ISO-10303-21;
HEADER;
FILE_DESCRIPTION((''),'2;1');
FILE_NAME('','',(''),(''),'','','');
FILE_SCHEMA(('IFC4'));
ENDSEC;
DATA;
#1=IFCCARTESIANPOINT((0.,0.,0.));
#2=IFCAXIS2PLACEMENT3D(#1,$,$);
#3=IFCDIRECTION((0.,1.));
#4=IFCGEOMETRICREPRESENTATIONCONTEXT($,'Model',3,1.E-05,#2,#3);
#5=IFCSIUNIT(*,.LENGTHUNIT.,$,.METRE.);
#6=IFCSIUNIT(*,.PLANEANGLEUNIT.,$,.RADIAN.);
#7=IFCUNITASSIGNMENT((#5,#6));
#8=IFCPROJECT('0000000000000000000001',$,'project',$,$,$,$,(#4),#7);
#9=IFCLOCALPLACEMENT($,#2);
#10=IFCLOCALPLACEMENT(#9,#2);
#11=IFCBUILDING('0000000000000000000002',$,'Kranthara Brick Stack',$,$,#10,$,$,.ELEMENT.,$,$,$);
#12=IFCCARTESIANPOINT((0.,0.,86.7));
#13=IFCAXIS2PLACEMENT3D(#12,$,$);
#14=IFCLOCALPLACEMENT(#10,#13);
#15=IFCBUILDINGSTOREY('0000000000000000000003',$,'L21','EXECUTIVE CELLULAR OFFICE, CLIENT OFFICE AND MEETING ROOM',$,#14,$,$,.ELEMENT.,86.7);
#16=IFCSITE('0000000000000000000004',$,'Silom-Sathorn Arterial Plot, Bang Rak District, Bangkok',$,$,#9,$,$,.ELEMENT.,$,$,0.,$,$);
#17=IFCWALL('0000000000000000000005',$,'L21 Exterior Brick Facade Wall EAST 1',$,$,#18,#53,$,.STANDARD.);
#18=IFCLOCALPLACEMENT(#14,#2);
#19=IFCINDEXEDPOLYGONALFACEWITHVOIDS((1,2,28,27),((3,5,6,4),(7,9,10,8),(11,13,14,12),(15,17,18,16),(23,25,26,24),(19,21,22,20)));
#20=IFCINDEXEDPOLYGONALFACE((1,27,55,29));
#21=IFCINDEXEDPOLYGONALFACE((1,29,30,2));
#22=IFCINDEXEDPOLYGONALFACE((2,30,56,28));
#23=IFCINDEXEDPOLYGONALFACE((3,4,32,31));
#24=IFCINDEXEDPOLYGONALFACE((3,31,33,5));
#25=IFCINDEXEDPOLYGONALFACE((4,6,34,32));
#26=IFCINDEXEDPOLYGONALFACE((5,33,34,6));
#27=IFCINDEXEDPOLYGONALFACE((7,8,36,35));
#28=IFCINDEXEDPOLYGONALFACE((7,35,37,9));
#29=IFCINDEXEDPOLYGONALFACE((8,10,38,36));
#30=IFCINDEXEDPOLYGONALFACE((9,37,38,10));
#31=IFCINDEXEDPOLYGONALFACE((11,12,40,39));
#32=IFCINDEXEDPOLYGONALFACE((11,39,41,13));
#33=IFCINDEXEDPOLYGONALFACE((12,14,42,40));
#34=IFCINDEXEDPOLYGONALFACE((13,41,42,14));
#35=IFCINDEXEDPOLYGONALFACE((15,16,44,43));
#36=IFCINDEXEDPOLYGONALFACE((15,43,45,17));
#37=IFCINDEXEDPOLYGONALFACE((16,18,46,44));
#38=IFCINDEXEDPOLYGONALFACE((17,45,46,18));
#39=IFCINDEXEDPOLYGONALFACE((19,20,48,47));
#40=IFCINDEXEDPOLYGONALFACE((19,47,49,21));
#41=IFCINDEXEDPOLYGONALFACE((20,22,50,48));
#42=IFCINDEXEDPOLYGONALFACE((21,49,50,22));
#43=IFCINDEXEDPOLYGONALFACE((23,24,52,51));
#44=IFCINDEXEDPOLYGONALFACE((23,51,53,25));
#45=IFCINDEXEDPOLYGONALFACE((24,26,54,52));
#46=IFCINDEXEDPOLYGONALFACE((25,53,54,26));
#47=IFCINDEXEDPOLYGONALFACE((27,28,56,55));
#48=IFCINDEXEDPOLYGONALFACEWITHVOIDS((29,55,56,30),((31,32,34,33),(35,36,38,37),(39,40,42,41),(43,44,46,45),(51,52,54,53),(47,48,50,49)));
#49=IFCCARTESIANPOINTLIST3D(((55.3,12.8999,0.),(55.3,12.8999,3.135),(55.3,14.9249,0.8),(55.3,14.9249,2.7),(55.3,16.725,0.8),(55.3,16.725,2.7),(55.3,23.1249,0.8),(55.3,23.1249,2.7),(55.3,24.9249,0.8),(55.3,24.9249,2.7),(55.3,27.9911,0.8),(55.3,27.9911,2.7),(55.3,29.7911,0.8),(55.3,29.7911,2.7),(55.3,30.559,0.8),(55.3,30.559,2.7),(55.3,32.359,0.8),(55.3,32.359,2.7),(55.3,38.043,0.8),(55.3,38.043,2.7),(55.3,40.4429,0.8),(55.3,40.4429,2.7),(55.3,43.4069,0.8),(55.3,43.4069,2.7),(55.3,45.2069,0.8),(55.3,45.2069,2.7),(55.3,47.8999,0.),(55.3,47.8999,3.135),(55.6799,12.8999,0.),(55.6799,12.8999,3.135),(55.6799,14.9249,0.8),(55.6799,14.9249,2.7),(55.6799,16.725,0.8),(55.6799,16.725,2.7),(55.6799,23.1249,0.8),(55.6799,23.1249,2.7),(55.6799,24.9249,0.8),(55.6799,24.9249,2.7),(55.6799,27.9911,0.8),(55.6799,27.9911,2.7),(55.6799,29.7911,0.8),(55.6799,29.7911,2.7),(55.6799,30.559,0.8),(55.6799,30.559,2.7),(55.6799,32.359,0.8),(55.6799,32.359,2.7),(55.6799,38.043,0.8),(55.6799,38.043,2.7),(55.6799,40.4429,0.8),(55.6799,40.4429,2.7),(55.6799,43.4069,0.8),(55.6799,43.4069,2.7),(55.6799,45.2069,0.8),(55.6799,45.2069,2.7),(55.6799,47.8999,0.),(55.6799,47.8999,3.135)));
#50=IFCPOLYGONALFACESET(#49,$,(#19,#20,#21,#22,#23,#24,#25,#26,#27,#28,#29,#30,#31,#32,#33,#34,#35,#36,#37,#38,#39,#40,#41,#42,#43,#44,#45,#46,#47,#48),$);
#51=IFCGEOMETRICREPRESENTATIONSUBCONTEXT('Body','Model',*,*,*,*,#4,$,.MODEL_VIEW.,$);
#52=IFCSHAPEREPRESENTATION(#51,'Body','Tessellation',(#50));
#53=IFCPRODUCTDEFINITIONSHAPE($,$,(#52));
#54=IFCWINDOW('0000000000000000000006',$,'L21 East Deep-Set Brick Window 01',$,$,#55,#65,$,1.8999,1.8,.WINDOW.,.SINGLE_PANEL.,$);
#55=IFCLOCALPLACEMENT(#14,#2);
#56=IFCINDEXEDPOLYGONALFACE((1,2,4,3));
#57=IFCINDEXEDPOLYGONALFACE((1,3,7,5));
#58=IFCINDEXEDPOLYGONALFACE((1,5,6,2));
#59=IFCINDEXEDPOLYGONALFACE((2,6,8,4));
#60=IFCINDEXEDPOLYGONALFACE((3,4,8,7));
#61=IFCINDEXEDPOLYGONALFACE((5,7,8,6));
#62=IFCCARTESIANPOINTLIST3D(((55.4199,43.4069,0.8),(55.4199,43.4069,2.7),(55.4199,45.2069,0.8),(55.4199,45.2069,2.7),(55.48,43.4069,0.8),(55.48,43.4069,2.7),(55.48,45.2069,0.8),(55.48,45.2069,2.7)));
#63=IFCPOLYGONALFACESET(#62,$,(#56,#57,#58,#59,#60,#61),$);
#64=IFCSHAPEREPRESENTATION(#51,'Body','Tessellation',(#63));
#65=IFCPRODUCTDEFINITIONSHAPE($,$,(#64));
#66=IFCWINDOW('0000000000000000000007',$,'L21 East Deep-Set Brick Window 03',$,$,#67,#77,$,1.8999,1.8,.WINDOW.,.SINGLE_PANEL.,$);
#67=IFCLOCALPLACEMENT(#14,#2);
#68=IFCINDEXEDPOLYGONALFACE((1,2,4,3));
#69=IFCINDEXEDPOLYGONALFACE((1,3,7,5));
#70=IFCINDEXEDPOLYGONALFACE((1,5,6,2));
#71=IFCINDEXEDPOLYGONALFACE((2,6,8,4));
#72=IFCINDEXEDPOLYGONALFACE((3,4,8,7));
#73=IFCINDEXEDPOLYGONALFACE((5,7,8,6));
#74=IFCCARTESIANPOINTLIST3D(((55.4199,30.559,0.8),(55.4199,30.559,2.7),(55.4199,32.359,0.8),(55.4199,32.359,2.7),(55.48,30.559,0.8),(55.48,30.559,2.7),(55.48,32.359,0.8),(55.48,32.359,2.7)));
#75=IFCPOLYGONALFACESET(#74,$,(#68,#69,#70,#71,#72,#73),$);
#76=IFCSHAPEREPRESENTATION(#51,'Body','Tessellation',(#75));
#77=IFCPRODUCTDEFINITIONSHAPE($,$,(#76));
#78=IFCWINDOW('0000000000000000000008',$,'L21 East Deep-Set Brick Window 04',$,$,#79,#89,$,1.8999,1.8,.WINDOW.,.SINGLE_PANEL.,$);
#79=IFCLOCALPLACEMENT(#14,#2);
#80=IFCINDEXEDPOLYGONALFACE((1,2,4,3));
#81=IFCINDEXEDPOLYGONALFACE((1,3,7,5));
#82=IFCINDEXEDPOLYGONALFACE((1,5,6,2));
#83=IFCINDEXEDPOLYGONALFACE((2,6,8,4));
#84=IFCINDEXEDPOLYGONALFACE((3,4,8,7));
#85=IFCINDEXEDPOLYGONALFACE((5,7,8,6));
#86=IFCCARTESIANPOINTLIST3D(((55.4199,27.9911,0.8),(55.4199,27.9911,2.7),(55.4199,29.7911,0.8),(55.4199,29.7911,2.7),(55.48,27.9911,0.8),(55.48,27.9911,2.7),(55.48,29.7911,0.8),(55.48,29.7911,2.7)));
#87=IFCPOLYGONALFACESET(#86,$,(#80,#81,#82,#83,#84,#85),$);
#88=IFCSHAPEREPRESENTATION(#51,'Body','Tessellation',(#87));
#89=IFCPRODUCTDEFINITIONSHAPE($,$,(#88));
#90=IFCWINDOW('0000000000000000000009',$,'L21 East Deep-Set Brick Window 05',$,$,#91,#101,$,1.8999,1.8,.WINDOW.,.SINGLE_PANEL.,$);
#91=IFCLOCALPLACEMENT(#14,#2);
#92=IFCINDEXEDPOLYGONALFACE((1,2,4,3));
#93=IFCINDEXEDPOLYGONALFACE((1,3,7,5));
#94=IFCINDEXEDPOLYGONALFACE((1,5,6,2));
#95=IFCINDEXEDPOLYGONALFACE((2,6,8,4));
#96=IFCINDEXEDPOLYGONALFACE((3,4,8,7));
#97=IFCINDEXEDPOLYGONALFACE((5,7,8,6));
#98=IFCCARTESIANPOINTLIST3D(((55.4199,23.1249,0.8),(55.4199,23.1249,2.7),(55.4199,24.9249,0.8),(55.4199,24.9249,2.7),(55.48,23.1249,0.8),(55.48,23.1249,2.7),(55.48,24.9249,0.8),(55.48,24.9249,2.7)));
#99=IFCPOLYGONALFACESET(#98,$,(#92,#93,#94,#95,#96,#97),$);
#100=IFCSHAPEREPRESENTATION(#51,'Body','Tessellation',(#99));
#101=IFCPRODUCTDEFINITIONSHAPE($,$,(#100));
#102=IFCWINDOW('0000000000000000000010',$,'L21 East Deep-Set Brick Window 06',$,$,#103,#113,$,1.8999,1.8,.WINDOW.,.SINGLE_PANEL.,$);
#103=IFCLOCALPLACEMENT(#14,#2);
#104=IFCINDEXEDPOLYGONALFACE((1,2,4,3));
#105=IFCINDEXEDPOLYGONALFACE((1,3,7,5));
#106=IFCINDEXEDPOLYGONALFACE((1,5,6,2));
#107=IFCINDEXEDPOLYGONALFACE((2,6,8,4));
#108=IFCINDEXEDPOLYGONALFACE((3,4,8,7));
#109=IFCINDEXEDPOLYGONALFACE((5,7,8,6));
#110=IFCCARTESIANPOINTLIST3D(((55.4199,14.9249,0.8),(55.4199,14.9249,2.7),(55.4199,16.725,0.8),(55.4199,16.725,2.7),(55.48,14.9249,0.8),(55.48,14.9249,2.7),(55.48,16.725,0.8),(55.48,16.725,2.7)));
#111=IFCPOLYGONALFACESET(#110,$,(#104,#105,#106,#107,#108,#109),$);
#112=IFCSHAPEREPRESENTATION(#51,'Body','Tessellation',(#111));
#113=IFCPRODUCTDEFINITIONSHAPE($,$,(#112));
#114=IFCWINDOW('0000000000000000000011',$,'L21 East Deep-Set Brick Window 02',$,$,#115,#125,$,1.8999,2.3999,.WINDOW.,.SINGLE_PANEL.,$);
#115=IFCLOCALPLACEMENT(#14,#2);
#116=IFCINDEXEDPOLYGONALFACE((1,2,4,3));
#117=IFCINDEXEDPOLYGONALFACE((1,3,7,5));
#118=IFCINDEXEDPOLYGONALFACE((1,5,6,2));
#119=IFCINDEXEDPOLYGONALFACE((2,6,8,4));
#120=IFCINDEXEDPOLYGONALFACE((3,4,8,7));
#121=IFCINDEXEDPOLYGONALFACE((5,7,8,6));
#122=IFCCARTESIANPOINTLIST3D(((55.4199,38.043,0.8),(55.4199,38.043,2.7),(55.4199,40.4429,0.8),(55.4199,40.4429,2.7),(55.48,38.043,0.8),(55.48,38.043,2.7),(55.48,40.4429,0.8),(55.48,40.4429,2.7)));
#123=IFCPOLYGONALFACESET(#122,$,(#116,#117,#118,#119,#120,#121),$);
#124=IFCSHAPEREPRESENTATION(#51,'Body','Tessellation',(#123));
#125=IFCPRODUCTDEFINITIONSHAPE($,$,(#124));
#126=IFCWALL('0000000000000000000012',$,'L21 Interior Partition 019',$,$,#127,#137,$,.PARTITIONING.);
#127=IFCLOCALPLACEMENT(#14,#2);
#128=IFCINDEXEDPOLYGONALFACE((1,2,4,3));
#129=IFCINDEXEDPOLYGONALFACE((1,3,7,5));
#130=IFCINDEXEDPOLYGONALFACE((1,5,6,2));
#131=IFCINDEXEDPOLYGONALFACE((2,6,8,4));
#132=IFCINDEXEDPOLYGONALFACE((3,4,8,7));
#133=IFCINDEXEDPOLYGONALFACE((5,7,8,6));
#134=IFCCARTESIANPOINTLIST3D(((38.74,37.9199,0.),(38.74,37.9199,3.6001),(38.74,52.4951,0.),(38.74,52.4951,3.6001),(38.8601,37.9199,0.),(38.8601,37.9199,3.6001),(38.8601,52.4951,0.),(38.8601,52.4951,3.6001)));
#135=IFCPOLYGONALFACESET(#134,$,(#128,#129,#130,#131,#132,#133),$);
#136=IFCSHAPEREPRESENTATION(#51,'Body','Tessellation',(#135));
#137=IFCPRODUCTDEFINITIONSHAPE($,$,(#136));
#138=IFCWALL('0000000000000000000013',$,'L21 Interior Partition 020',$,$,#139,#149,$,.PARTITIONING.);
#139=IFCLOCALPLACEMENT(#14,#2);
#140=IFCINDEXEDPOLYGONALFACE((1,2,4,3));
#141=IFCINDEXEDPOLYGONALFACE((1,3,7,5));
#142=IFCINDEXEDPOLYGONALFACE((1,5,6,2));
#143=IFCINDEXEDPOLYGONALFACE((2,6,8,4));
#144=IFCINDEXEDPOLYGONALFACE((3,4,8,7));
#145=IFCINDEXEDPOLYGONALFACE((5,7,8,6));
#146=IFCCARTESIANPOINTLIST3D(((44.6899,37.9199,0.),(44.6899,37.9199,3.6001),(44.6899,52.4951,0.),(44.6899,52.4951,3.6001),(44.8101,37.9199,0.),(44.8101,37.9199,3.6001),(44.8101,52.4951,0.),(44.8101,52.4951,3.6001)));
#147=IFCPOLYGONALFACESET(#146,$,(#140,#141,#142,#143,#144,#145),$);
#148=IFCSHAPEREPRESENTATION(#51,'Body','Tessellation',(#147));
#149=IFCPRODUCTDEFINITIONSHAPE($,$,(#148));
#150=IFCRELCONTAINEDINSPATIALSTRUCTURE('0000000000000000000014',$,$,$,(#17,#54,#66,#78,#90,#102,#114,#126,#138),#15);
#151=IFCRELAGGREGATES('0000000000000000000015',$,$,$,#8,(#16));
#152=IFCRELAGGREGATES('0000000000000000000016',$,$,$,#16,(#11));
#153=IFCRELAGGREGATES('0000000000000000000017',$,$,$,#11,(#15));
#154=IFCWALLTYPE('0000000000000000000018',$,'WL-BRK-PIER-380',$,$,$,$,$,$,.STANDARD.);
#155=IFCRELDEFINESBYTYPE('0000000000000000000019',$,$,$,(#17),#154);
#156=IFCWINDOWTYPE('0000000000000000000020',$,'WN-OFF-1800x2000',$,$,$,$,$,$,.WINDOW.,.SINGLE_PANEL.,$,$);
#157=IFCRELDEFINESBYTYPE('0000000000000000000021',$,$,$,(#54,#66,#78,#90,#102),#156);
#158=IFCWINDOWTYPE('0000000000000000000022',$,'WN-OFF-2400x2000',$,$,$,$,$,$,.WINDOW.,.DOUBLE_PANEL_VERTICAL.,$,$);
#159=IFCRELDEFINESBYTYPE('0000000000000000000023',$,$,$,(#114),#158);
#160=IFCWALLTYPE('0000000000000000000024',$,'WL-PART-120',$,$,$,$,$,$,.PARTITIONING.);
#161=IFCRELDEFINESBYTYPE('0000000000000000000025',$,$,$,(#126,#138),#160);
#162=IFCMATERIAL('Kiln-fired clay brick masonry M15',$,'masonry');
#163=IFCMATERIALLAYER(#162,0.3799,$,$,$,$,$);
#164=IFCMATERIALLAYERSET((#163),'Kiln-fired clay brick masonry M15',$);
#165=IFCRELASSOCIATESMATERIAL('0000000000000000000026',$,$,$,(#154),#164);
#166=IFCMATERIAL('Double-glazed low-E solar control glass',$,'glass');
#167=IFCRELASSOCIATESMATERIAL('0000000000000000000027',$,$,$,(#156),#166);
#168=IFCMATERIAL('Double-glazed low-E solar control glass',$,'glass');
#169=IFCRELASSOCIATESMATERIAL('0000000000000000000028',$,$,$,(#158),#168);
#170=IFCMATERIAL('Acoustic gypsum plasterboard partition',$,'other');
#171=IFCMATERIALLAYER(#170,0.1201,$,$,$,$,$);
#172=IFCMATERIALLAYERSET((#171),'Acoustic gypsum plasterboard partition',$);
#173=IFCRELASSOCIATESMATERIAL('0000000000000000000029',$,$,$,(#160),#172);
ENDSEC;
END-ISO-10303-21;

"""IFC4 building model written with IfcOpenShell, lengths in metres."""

from ifc_helpers import new_model, si_unit, direction, frame, frame_2d, origin, place, context, subcontext, project, spatial, rectangle, extrude, material, layer, layer_set, type_object, element, fill, save


model = new_model("IFC4")

# Units and contexts
model_context = context("Model", 3, precision=1e-05, world=origin(), true_north=direction((0.0, 1.0)))
body_context = subcontext(model_context, "Body", "Model", "MODEL_VIEW")
ifc_project = project(units=[si_unit("LENGTHUNIT", "METRE"), si_unit("PLANEANGLEUNIT", "RADIAN")], contexts=[model_context])

# Site, building, storey
site_placement = place(None, origin())
site = spatial("IfcSite", under=ifc_project, at=site_placement, Name="Silom-Sathorn Arterial Plot, Bang Rak District, Bangkok", CompositionType="ELEMENT", RefElevation=0.0)
building_placement = place(site_placement, origin())
building = spatial("IfcBuilding", under=site, at=building_placement, Name="Kranthara Brick Stack", CompositionType="ELEMENT")
storey_placement = place(building_placement, frame((0.0, 0.0, 86.7)))
storey = spatial("IfcBuildingStorey", under=building, at=storey_placement, Name="L21", Description="EXECUTIVE CELLULAR OFFICE, CLIENT OFFICE AND MEETING ROOM", CompositionType="ELEMENT", Elevation=86.7)

# Shared definitions
ifc_material_1 = material(Name="Kiln-fired clay brick masonry M15", Category="masonry")
ifc_layer_1 = layer(ifc_material_1, 0.3799)
ifc_layer_set_1 = layer_set([ifc_layer_1], Name="Kiln-fired clay brick masonry M15")
wall_type_1 = type_object("IfcWallType", Name="WL-BRK-PIER-380", PredefinedType="STANDARD", material=ifc_layer_set_1)

# Wall, openings, windows
wall_1_placement = place(storey_placement, frame((55.49, 47.8999, 0.0), z_axis=(0.0, 0.0, 1.0), x_axis=(0.0, -1.0, 0.0)))
wall_1 = element("IfcWall", 1, at=wall_1_placement, inside=storey, type_object=wall_type_1, Name="L21 Exterior Brick Facade Wall EAST 1", PredefinedType="STANDARD", context=body_context, shape_type="SweptSolid", body=[
    extrude(rectangle(XDim=35.0, YDim=0.3799, at=frame_2d((17.5, 0.0))), origin(), (0.0, 0.0, 1.0), 3.135),
])
opening_1_placement = place(wall_1_placement, frame((2.6931, 0.0, 0.8)))
opening_1 = element("IfcOpeningElement", 2, at=opening_1_placement, cuts=wall_1, PredefinedType="OPENING", context=body_context, shape_type="SweptSolid", body=[
    extrude(rectangle(XDim=1.8, YDim=1.8999, at=frame_2d((0.8999, 0.95))), frame((0.0, 0.2, 0.0), z_axis=(0.0, -1.0, 0.0), x_axis=(1.0, 0.0, 0.0)), (0.0, 0.0, 1.0), 0.3999),
])
opening_2_placement = place(wall_1_placement, frame((7.457, 0.0, 0.8)))
opening_2 = element("IfcOpeningElement", 3, at=opening_2_placement, cuts=wall_1, PredefinedType="OPENING", context=body_context, shape_type="SweptSolid", body=[
    extrude(rectangle(XDim=2.3999, YDim=1.8999, at=frame_2d((1.2, 0.95))), frame((0.0, 0.2, 0.0), z_axis=(0.0, -1.0, 0.0), x_axis=(1.0, 0.0, 0.0)), (0.0, 0.0, 1.0), 0.3999),
])
opening_3_placement = place(wall_1_placement, frame((15.541, 0.0, 0.8)))
opening_3 = element("IfcOpeningElement", 4, at=opening_3_placement, cuts=wall_1, PredefinedType="OPENING", context=body_context, shape_type="SweptSolid", body=[
    extrude(rectangle(XDim=1.8, YDim=1.8999, at=frame_2d((0.8999, 0.95))), frame((0.0, 0.2, 0.0), z_axis=(0.0, -1.0, 0.0), x_axis=(1.0, 0.0, 0.0)), (0.0, 0.0, 1.0), 0.3999),
])
opening_4_placement = place(wall_1_placement, frame((18.1089, 0.0, 0.8)))
opening_4 = element("IfcOpeningElement", 5, at=opening_4_placement, cuts=wall_1, PredefinedType="OPENING", context=body_context, shape_type="SweptSolid", body=[
    extrude(rectangle(XDim=1.8, YDim=1.8999, at=frame_2d((0.8999, 0.95))), frame((0.0, 0.2, 0.0), z_axis=(0.0, -1.0, 0.0), x_axis=(1.0, 0.0, 0.0)), (0.0, 0.0, 1.0), 0.3999),
])
opening_5_placement = place(wall_1_placement, frame((22.9751, 0.0, 0.8)))
opening_5 = element("IfcOpeningElement", 6, at=opening_5_placement, cuts=wall_1, PredefinedType="OPENING", context=body_context, shape_type="SweptSolid", body=[
    extrude(rectangle(XDim=1.8, YDim=1.8999, at=frame_2d((0.8999, 0.95))), frame((0.0, 0.2, 0.0), z_axis=(0.0, -1.0, 0.0), x_axis=(1.0, 0.0, 0.0)), (0.0, 0.0, 1.0), 0.3999),
])
opening_6_placement = place(wall_1_placement, frame((31.175, 0.0, 0.8)))
opening_6 = element("IfcOpeningElement", 7, at=opening_6_placement, cuts=wall_1, PredefinedType="OPENING", context=body_context, shape_type="SweptSolid", body=[
    extrude(rectangle(XDim=1.8, YDim=1.8999, at=frame_2d((0.8999, 0.95))), frame((0.0, 0.2, 0.0), z_axis=(0.0, -1.0, 0.0), x_axis=(1.0, 0.0, 0.0)), (0.0, 0.0, 1.0), 0.3999),
])
ifc_material_2 = material(Name="Double-glazed low-E solar control glass", Category="glass")
window_type_1 = type_object("IfcWindowType", Name="WN-OFF-1800x2000", PartitioningType="SINGLE_PANEL", PredefinedType="WINDOW", material=ifc_material_2)
window_1_placement = place(opening_1_placement, origin())
window_1 = element("IfcWindow", 8, at=window_1_placement, inside=storey, type_object=window_type_1, Name="L21 East Deep-Set Brick Window 01", OverallHeight=1.8999, OverallWidth=1.8, PartitioningType="SINGLE_PANEL", PredefinedType="WINDOW", context=body_context, shape_type="SweptSolid", body=[
    extrude(rectangle(XDim=1.8, YDim=1.8999, at=frame_2d((0.8999, 0.95))), frame((0.0, -0.01, 0.0), z_axis=(0.0, -1.0, 0.0), x_axis=(1.0, 0.0, 0.0)), (0.0, 0.0, 1.0), 0.0601),
])
fill(opening_1, window_1)
window_2_placement = place(opening_3_placement, origin())
window_2 = element("IfcWindow", 9, at=window_2_placement, inside=storey, type_object=window_type_1, Name="L21 East Deep-Set Brick Window 03", OverallHeight=1.8999, OverallWidth=1.8, PartitioningType="SINGLE_PANEL", PredefinedType="WINDOW", context=body_context, shape_type="SweptSolid", body=[
    extrude(rectangle(XDim=1.8, YDim=1.8999, at=frame_2d((0.8999, 0.95))), frame((0.0, -0.01, 0.0), z_axis=(0.0, -1.0, 0.0), x_axis=(1.0, 0.0, 0.0)), (0.0, 0.0, 1.0), 0.0601),
])
fill(opening_3, window_2)
window_3_placement = place(opening_4_placement, origin())
window_3 = element("IfcWindow", 10, at=window_3_placement, inside=storey, type_object=window_type_1, Name="L21 East Deep-Set Brick Window 04", OverallHeight=1.8999, OverallWidth=1.8, PartitioningType="SINGLE_PANEL", PredefinedType="WINDOW", context=body_context, shape_type="SweptSolid", body=[
    extrude(rectangle(XDim=1.8, YDim=1.8999, at=frame_2d((0.8999, 0.95))), frame((0.0, -0.01, 0.0), z_axis=(0.0, -1.0, 0.0), x_axis=(1.0, 0.0, 0.0)), (0.0, 0.0, 1.0), 0.0601),
])
fill(opening_4, window_3)
window_4_placement = place(opening_5_placement, origin())
window_4 = element("IfcWindow", 11, at=window_4_placement, inside=storey, type_object=window_type_1, Name="L21 East Deep-Set Brick Window 05", OverallHeight=1.8999, OverallWidth=1.8, PartitioningType="SINGLE_PANEL", PredefinedType="WINDOW", context=body_context, shape_type="SweptSolid", body=[
    extrude(rectangle(XDim=1.8, YDim=1.8999, at=frame_2d((0.8999, 0.95))), frame((0.0, -0.01, 0.0), z_axis=(0.0, -1.0, 0.0), x_axis=(1.0, 0.0, 0.0)), (0.0, 0.0, 1.0), 0.0601),
])
fill(opening_5, window_4)
window_5_placement = place(opening_6_placement, origin())
window_5 = element("IfcWindow", 12, at=window_5_placement, inside=storey, type_object=window_type_1, Name="L21 East Deep-Set Brick Window 06", OverallHeight=1.8999, OverallWidth=1.8, PartitioningType="SINGLE_PANEL", PredefinedType="WINDOW", context=body_context, shape_type="SweptSolid", body=[
    extrude(rectangle(XDim=1.8, YDim=1.8999, at=frame_2d((0.8999, 0.95))), frame((0.0, -0.01, 0.0), z_axis=(0.0, -1.0, 0.0), x_axis=(1.0, 0.0, 0.0)), (0.0, 0.0, 1.0), 0.0601),
])
fill(opening_6, window_5)
ifc_material_3 = material(Name="Double-glazed low-E solar control glass", Category="glass")
window_type_2 = type_object("IfcWindowType", Name="WN-OFF-2400x2000", PartitioningType="DOUBLE_PANEL_VERTICAL", PredefinedType="WINDOW", material=ifc_material_3)
window_6_placement = place(opening_2_placement, origin())
window_6 = element("IfcWindow", 13, at=window_6_placement, inside=storey, type_object=window_type_2, Name="L21 East Deep-Set Brick Window 02", OverallHeight=1.8999, OverallWidth=2.3999, PartitioningType="SINGLE_PANEL", PredefinedType="WINDOW", context=body_context, shape_type="SweptSolid", body=[
    extrude(rectangle(XDim=2.3999, YDim=1.8999, at=frame_2d((1.2, 0.95))), frame((0.0, -0.01, 0.0), z_axis=(0.0, -1.0, 0.0), x_axis=(1.0, 0.0, 0.0)), (0.0, 0.0, 1.0), 0.0601),
])
fill(opening_2, window_6)

# Walls
ifc_material_4 = material(Name="Acoustic gypsum plasterboard partition", Category="other")
ifc_layer_2 = layer(ifc_material_4, 0.1201)
ifc_layer_set_2 = layer_set([ifc_layer_2], Name="Acoustic gypsum plasterboard partition")
wall_type_2 = type_object("IfcWallType", Name="WL-PART-120", PredefinedType="PARTITIONING", material=ifc_layer_set_2)
for number, where, z_axis, x_axis, name in (
    (14, (38.8, 37.9199, 0.0), (0.0, 0.0, 1.0), (0.0, 1.0, 0.0), "L21 Interior Partition 019"),
    (15, (44.75, 37.9199, 0.0), (0.0, 0.0, 1.0), (0.0, 1.0, 0.0), "L21 Interior Partition 020"),
):
    element("IfcWall", number, at=place(storey_placement, frame(where, z_axis=z_axis, x_axis=x_axis)), inside=storey, type_object=wall_type_2, Name=name, PredefinedType="PARTITIONING", context=body_context, shape_type="SweptSolid", body=[
        extrude(rectangle(XDim=14.5752, YDim=0.1201, at=frame_2d((7.2876, 0.0))), origin(), (0.0, 0.0, 1.0), 3.6001),
    ])

save(model, "model.ifc")
